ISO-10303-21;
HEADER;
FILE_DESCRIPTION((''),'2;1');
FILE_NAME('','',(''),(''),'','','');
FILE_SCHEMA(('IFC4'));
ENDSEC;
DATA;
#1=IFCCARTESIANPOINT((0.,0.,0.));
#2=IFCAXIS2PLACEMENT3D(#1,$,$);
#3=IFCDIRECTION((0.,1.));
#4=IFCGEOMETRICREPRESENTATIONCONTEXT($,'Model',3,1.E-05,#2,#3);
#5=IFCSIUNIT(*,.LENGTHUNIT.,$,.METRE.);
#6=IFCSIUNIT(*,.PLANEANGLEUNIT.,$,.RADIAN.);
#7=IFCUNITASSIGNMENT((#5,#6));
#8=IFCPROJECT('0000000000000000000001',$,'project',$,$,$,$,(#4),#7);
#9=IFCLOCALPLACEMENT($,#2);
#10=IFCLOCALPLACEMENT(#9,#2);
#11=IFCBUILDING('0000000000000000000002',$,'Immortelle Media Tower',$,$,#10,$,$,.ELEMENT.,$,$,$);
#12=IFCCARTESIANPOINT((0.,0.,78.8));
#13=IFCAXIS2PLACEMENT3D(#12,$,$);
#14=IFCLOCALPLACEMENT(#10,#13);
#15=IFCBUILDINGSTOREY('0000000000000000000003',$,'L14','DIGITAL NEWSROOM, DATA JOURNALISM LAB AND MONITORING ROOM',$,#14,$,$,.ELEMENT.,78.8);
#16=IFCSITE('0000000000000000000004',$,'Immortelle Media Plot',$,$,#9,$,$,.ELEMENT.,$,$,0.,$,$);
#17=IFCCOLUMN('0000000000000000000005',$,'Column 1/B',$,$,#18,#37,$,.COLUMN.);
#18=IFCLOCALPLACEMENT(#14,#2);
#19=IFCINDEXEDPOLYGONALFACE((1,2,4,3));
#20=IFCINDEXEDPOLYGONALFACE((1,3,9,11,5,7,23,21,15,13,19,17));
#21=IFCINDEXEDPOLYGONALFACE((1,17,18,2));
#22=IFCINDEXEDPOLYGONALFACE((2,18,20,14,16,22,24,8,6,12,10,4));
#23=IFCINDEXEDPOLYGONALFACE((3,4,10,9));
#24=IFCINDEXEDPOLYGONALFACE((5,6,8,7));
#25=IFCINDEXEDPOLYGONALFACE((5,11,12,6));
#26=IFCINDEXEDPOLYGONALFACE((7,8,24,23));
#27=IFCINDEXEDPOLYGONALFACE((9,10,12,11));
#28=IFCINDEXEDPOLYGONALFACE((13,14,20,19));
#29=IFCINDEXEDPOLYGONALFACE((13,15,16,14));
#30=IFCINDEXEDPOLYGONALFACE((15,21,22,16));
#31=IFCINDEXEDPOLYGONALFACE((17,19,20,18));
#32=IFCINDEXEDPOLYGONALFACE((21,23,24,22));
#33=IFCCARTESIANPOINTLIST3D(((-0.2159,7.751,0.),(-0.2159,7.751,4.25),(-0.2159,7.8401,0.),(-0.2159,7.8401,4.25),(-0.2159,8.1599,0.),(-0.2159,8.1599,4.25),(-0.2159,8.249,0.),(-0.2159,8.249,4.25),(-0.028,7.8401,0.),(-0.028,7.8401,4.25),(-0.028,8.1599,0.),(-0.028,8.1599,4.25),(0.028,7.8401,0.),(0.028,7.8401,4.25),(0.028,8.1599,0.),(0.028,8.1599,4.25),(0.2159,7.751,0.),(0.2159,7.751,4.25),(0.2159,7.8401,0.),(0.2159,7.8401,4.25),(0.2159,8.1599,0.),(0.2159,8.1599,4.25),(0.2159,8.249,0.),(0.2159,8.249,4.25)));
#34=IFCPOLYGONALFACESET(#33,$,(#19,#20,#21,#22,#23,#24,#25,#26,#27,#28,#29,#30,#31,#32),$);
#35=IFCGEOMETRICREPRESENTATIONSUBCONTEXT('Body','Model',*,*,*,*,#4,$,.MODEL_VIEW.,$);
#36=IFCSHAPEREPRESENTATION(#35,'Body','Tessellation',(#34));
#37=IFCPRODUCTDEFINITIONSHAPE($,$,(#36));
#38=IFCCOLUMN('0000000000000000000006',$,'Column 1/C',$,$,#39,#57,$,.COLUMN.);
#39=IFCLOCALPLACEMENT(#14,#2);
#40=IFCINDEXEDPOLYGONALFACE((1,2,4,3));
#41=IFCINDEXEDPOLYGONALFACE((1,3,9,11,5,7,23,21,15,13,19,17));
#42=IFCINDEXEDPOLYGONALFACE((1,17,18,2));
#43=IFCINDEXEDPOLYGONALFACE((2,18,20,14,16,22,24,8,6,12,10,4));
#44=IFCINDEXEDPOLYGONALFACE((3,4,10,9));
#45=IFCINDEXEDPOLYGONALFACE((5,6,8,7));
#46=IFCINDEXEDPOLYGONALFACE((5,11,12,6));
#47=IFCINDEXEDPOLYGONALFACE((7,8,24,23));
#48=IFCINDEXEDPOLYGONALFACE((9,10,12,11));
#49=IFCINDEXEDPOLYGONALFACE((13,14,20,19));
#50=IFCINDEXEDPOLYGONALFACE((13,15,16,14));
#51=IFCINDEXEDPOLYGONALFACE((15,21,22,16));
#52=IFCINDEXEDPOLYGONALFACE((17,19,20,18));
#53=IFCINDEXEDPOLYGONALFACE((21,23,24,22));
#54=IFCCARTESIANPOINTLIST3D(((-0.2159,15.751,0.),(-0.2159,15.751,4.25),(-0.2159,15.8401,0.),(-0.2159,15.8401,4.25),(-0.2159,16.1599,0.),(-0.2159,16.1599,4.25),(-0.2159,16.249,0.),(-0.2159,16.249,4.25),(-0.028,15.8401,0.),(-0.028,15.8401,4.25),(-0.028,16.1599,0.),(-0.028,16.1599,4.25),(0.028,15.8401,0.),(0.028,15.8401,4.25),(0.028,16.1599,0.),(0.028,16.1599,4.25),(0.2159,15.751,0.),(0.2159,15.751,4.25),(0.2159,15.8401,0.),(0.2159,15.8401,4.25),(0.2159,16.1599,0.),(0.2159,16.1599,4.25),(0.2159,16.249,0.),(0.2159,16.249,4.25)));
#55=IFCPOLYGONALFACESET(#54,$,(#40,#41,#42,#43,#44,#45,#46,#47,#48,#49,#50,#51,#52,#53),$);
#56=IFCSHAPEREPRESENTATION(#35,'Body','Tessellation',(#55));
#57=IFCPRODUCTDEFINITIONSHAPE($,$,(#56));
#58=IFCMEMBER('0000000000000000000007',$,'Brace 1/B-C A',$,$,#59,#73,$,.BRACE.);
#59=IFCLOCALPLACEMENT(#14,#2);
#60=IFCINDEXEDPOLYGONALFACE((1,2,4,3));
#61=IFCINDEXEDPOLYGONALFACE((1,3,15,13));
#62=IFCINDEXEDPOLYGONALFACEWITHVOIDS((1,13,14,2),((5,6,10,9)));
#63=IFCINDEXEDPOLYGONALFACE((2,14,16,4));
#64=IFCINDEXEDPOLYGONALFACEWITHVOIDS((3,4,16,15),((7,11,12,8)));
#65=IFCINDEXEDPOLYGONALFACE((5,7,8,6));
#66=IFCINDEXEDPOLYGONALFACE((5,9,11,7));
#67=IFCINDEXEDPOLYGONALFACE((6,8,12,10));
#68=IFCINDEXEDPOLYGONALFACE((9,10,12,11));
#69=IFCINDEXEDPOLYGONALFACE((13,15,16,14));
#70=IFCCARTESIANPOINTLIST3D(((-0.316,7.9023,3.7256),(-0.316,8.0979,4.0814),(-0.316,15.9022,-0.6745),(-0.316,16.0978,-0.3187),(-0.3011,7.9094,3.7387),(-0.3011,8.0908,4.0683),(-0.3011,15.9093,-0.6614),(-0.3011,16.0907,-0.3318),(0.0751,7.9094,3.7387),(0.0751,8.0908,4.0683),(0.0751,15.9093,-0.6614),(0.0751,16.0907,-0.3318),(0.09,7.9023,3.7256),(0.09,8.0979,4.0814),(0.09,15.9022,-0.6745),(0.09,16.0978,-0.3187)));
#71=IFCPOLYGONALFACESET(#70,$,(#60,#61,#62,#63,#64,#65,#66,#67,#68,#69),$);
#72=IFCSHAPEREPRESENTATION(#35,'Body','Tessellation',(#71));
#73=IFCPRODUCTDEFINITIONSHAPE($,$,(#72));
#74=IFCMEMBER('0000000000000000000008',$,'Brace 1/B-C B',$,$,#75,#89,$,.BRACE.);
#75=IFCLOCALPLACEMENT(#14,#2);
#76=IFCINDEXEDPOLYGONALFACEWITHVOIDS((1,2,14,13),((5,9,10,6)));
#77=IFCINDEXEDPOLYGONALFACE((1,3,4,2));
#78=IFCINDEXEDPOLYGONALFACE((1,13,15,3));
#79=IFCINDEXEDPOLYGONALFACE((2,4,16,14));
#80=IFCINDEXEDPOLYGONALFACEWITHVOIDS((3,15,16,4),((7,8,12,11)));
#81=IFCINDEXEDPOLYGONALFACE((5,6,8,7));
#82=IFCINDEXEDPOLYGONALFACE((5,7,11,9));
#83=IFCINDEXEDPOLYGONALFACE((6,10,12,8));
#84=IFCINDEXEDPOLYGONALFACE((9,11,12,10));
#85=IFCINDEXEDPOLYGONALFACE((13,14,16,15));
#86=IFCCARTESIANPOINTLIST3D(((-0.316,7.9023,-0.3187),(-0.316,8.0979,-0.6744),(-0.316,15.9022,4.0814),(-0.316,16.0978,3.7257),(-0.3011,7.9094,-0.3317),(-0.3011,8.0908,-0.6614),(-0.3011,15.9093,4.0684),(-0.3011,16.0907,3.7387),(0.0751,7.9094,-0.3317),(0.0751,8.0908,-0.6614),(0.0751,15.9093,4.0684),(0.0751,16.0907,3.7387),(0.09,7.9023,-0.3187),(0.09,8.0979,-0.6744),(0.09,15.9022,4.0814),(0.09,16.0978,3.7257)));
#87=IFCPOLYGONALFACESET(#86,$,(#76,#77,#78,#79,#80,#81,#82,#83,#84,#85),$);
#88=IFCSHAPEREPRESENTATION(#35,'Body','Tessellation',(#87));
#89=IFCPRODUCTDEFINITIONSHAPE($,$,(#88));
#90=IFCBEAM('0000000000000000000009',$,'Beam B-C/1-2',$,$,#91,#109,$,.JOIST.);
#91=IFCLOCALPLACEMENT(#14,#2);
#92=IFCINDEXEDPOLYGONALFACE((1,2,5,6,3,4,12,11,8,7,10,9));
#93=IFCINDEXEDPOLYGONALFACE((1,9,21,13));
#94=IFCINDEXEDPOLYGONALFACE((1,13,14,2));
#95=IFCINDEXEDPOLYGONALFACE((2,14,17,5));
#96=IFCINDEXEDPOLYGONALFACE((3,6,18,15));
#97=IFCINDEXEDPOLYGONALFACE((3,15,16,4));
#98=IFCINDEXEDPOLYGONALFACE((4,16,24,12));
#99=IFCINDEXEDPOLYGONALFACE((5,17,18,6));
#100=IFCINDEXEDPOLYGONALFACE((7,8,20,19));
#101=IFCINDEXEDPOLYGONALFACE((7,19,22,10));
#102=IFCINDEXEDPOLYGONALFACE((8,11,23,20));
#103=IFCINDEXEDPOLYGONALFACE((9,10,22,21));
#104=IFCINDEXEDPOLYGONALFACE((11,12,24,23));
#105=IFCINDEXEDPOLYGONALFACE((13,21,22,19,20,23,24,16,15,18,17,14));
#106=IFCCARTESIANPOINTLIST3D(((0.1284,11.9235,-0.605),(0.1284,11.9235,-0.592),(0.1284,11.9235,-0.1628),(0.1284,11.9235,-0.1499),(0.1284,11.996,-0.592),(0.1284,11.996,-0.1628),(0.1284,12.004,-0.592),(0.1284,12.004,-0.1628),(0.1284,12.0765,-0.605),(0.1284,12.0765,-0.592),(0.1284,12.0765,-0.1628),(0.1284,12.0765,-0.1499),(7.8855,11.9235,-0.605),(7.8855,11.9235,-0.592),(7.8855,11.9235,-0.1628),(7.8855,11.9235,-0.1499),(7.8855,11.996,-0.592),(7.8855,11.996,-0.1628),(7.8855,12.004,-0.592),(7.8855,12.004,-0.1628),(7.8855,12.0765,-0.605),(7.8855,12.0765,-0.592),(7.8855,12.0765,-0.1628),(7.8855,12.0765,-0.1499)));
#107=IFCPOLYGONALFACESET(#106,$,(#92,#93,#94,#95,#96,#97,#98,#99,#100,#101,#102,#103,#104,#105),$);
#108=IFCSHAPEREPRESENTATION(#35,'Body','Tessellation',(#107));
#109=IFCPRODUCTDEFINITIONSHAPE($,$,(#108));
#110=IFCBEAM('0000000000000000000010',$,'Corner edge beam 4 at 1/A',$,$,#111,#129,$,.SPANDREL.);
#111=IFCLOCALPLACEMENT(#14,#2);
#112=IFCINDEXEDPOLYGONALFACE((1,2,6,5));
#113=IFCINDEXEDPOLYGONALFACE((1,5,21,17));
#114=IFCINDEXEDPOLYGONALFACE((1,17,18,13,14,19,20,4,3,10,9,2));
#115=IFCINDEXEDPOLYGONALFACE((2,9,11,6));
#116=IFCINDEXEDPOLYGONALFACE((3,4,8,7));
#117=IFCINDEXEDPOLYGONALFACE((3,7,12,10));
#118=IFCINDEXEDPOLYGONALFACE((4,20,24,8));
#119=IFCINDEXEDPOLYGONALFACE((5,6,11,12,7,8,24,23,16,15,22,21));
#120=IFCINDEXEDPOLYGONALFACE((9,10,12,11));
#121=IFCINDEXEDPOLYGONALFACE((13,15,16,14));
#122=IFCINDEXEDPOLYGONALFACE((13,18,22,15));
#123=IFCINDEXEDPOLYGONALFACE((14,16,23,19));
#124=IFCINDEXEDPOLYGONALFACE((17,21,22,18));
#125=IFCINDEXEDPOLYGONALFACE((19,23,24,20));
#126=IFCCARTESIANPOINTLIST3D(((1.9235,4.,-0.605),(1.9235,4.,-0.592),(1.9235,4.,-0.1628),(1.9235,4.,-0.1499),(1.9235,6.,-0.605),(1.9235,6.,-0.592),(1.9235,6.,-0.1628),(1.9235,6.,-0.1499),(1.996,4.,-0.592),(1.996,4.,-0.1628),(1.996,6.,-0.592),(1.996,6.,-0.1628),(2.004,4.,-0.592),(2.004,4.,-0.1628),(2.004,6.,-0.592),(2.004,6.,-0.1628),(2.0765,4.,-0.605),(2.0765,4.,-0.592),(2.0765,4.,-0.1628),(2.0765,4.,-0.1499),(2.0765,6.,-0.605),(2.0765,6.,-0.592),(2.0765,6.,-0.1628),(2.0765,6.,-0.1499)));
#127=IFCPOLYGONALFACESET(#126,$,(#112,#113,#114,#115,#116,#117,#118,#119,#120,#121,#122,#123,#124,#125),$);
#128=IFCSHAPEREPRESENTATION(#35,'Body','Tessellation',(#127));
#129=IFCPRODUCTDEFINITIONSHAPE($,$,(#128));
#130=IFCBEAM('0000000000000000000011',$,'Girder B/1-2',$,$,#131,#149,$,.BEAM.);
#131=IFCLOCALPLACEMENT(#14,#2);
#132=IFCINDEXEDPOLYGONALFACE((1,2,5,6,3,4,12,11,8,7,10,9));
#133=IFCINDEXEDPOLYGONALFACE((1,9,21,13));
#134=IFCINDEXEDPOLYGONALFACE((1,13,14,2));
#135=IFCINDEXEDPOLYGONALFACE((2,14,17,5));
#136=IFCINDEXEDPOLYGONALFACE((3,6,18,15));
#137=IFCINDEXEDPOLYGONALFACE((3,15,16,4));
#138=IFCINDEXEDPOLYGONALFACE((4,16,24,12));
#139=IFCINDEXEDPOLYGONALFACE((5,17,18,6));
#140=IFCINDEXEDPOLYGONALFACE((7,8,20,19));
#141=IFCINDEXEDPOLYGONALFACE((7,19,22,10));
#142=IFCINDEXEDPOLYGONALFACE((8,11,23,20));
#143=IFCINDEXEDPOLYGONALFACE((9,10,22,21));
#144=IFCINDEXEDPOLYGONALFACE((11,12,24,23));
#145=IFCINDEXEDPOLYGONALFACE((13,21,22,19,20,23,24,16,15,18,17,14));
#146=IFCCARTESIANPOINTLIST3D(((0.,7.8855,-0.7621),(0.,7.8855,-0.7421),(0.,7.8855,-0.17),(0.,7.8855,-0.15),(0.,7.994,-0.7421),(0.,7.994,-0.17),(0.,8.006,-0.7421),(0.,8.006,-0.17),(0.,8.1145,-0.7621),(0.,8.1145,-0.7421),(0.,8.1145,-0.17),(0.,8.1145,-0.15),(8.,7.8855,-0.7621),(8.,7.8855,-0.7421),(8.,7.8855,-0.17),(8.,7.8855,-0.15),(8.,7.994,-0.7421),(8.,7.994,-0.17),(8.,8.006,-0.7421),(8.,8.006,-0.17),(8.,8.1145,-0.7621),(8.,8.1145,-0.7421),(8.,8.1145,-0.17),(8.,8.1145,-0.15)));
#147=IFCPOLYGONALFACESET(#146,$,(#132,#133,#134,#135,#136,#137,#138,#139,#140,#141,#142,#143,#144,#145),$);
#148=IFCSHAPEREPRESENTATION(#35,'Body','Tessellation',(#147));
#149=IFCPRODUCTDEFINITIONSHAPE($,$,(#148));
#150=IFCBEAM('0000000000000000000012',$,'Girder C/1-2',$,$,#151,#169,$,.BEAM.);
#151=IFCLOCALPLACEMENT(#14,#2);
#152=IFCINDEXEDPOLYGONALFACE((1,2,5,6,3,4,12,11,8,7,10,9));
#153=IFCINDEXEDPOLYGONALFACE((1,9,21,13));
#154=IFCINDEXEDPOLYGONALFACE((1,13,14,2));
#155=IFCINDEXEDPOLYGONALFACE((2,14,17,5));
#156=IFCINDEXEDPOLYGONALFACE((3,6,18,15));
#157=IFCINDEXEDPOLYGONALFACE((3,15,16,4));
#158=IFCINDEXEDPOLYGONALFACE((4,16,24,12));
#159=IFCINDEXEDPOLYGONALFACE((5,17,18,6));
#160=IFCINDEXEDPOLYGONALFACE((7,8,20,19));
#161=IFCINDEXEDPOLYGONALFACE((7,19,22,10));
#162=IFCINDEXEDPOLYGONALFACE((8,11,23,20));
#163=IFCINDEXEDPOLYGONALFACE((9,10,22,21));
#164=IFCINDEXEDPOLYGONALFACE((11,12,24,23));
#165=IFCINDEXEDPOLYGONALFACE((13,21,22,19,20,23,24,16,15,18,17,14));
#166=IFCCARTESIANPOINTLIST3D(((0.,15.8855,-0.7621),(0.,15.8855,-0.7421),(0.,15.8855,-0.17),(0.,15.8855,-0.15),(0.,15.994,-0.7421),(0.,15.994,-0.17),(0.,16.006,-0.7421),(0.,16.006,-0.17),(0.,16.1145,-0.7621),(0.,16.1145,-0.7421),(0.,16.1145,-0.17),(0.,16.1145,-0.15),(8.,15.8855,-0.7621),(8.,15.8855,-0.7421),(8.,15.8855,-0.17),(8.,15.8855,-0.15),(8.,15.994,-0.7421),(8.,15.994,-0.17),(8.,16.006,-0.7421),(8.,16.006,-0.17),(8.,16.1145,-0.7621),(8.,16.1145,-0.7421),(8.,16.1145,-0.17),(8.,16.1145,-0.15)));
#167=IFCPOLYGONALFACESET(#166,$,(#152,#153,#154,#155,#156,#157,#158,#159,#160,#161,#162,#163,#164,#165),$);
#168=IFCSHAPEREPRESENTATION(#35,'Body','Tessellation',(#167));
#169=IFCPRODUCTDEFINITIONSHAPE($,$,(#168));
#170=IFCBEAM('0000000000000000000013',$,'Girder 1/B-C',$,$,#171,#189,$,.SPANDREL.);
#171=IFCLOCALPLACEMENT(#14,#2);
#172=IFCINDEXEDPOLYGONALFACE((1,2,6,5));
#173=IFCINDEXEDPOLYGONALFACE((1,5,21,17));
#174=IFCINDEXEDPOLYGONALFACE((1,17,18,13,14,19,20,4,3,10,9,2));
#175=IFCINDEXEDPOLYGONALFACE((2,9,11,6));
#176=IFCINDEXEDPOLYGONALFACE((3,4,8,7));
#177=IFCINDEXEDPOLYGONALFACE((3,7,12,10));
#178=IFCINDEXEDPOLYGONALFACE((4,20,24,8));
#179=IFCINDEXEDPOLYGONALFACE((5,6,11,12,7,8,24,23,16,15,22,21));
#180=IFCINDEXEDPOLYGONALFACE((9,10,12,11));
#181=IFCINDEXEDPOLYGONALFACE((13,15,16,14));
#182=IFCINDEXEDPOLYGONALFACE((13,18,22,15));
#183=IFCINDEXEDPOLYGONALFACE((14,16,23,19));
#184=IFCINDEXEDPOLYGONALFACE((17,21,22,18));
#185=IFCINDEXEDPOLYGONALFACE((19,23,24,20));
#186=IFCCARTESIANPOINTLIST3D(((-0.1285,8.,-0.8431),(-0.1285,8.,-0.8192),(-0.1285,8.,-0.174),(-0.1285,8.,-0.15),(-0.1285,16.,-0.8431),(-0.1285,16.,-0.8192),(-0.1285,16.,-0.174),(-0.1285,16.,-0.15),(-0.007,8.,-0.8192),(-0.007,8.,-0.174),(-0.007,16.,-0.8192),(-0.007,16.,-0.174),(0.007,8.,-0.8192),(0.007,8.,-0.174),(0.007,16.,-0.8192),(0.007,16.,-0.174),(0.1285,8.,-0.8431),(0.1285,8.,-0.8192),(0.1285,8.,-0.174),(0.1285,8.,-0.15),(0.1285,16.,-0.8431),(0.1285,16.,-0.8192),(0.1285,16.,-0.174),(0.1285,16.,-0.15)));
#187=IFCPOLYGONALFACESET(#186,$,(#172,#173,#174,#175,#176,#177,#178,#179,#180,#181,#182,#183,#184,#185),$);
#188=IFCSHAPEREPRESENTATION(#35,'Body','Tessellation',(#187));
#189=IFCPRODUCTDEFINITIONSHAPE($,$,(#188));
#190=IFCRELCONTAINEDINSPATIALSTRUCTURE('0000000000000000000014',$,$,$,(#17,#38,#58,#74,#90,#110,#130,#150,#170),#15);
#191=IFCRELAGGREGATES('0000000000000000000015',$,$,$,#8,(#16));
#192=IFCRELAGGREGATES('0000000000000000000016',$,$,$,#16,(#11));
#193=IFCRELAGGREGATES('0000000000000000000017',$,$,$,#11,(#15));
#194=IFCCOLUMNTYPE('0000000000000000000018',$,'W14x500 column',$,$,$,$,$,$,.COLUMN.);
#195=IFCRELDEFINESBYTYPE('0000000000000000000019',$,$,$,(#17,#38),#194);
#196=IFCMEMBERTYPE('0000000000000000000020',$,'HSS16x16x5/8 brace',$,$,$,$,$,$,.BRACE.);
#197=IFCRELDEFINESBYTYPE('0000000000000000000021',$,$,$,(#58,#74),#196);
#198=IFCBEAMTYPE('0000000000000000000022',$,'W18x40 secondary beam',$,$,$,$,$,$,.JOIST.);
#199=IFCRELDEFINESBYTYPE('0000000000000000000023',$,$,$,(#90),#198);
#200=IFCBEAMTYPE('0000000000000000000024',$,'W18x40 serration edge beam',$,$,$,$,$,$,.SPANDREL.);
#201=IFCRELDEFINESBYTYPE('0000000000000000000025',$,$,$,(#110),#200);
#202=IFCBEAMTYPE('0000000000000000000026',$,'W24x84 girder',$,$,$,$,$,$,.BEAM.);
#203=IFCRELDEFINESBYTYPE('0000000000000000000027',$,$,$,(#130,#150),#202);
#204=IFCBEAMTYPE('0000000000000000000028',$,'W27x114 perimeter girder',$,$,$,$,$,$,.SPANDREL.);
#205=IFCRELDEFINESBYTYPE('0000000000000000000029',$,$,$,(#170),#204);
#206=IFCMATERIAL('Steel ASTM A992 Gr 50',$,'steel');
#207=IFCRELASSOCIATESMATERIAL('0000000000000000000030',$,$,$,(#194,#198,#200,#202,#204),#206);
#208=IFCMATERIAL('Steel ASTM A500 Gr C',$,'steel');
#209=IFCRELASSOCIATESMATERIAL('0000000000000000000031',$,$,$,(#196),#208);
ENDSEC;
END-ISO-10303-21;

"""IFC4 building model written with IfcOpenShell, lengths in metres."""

from ifc_helpers import new_model, si_unit, direction, frame, origin, origin_2d, place, context, subcontext, project, spatial, hollow_rectangle, i_section, extrude, material, material_profile, profile_set, type_object, element, save


model = new_model("IFC4")

# Units and contexts
model_context = context("Model", 3, precision=1e-05, world=origin(), true_north=direction((0.0, 1.0)))
body_context = subcontext(model_context, "Body", "Model", "MODEL_VIEW")
ifc_project = project(units=[si_unit("LENGTHUNIT", "METRE"), si_unit("PLANEANGLEUNIT", "RADIAN")], contexts=[model_context])

# Site, building, storey
site_placement = place(None, origin())
site = spatial("IfcSite", under=ifc_project, at=site_placement, Name="Immortelle Media Plot", CompositionType="ELEMENT", RefElevation=0.0)
building_placement = place(site_placement, origin())
building = spatial("IfcBuilding", under=site, at=building_placement, Name="Immortelle Media Tower", CompositionType="ELEMENT")
storey_placement = place(building_placement, frame((0.0, 0.0, 78.8)))
storey = spatial("IfcBuildingStorey", under=building, at=storey_placement, Name="L14", Description="DIGITAL NEWSROOM, DATA JOURNALISM LAB AND MONITORING ROOM", CompositionType="ELEMENT", Elevation=78.8)

# Columns
ifc_material_1 = material(Name="Steel ASTM A992 Gr 50", Category="steel")
ifc_material_profile_1 = material_profile(ifc_material_1, i_section(OverallWidth=0.4319, OverallDepth=0.498, WebThickness=0.0559, FlangeThickness=0.0891, at=origin_2d()), Name="W14x500")
ifc_profile_set_1 = profile_set([ifc_material_profile_1], Name="Steel ASTM A992 Gr 50")
column_type = type_object("IfcColumnType", Name="W14x500 column", PredefinedType="COLUMN", material=ifc_profile_set_1)
for number, where, z_axis, x_axis, name in (
    (1, (0.0, 8.0, 0.0), (0.0, 0.0, 1.0), (1.0, 0.0, 0.0), "Column 1/B"),
    (2, (0.0, 16.0, 0.0), (0.0, 0.0, 1.0), (1.0, 0.0, 0.0), "Column 1/C"),
):
    element("IfcColumn", number, at=place(storey_placement, frame(where, z_axis=z_axis, x_axis=x_axis)), inside=storey, type_object=column_type, Name=name, PredefinedType="COLUMN", context=body_context, shape_type="SweptSolid", body=[
        extrude(i_section(OverallWidth=0.4319, OverallDepth=0.498, WebThickness=0.0559, FlangeThickness=0.0891, at=origin_2d()), origin(), (0.0, 0.0, 1.0), 4.25),
    ])

# Members
ifc_material_2 = material(Name="Steel ASTM A500 Gr C", Category="steel")
ifc_material_profile_2 = material_profile(ifc_material_2, hollow_rectangle(XDim=0.406, YDim=0.406, WallThickness=0.0149, at=origin_2d()), Name="HSS16x16x5/8 brace")
ifc_profile_set_2 = profile_set([ifc_material_profile_2], Name="Steel ASTM A500 Gr C")
member_type = type_object("IfcMemberType", Name="HSS16x16x5/8 brace", PredefinedType="BRACE", material=ifc_profile_set_2)
for number, where, z_axis, x_axis, name in (
    (3, (-0.113, 16.0, -0.4966), (0.0, -0.876209, 0.481931), (1.0, 0.0, 0.0), "Brace 1/B-C A"),
    (4, (-0.113, 16.0, 3.9036), (0.0, -0.876209, -0.481931), (1.0, 0.0, 0.0), "Brace 1/B-C B"),
):
    element("IfcMember", number, at=place(storey_placement, frame(where, z_axis=z_axis, x_axis=x_axis)), inside=storey, type_object=member_type, Name=name, PredefinedType="BRACE", context=body_context, shape_type="SweptSolid", body=[
        extrude(hollow_rectangle(XDim=0.406, YDim=0.406, WallThickness=0.0149, at=origin_2d()), origin(), (0.0, 0.0, 1.0), 9.1301),
    ])

# Beams
ifc_material_profile_3 = material_profile(ifc_material_1, i_section(OverallWidth=0.1531, OverallDepth=0.4551, WebThickness=0.0081, FlangeThickness=0.0129, at=origin_2d()), Name="W18x40")
ifc_profile_set_3 = profile_set([ifc_material_profile_3], Name="Steel ASTM A992 Gr 50")
beam_type_1 = type_object("IfcBeamType", Name="W18x40 secondary beam", PredefinedType="JOIST", material=ifc_profile_set_3)
beam_1_placement = place(storey_placement, frame((0.1284, 12.0, -0.3774), z_axis=(1.0, 0.0, 0.0), x_axis=(0.0, 1.0, 0.0)))
element("IfcBeam", 5, at=beam_1_placement, inside=storey, type_object=beam_type_1, Name="Beam B-C/1-2", PredefinedType="JOIST", context=body_context, shape_type="SweptSolid", body=[
    extrude(i_section(OverallWidth=0.1531, OverallDepth=0.4551, WebThickness=0.0081, FlangeThickness=0.0129, at=origin_2d()), origin(), (0.0, 0.0, 1.0), 7.7571),
])
ifc_material_profile_4 = material_profile(ifc_material_1, i_section(OverallWidth=0.1531, OverallDepth=0.4551, WebThickness=0.0081, FlangeThickness=0.0129, at=origin_2d()), Name="W18x40")
ifc_profile_set_4 = profile_set([ifc_material_profile_4], Name="Steel ASTM A992 Gr 50")
beam_type_2 = type_object("IfcBeamType", Name="W18x40 serration edge beam", PredefinedType="SPANDREL", material=ifc_profile_set_4)
beam_2_placement = place(storey_placement, frame((2.0, 4.0, -0.3774), z_axis=(0.0, 1.0, 0.0), x_axis=(-1.0, 0.0, 0.0)))
element("IfcBeam", 6, at=beam_2_placement, inside=storey, type_object=beam_type_2, Name="Corner edge beam 4 at 1/A", PredefinedType="SPANDREL", context=body_context, shape_type="SweptSolid", body=[
    extrude(i_section(OverallWidth=0.1531, OverallDepth=0.4551, WebThickness=0.0081, FlangeThickness=0.0129, at=origin_2d()), origin(), (0.0, 0.0, 1.0), 2.0),
])
ifc_material_profile_5 = material_profile(ifc_material_1, i_section(OverallWidth=0.229, OverallDepth=0.6121, WebThickness=0.012, FlangeThickness=0.02, at=origin_2d()), Name="W24x84")
ifc_profile_set_5 = profile_set([ifc_material_profile_5], Name="Steel ASTM A992 Gr 50")
beam_type_3 = type_object("IfcBeamType", Name="W24x84 girder", PredefinedType="BEAM", material=ifc_profile_set_5)
for number, where, z_axis, x_axis, name in (
    (7, (0.0, 8.0, -0.4561), (1.0, 0.0, 0.0), (0.0, 1.0, 0.0), "Girder B/1-2"),
    (8, (0.0, 16.0, -0.4561), (1.0, 0.0, 0.0), (0.0, 1.0, 0.0), "Girder C/1-2"),
):
    element("IfcBeam", number, at=place(storey_placement, frame(where, z_axis=z_axis, x_axis=x_axis)), inside=storey, type_object=beam_type_3, Name=name, PredefinedType="BEAM", context=body_context, shape_type="SweptSolid", body=[
        extrude(i_section(OverallWidth=0.229, OverallDepth=0.6121, WebThickness=0.012, FlangeThickness=0.02, at=origin_2d()), origin(), (0.0, 0.0, 1.0), 8.0),
    ])
ifc_material_profile_6 = material_profile(ifc_material_1, i_section(OverallWidth=0.2571, OverallDepth=0.6931, WebThickness=0.0139, FlangeThickness=0.0239, at=origin_2d()), Name="W27x114")
ifc_profile_set_6 = profile_set([ifc_material_profile_6], Name="Steel ASTM A992 Gr 50")
beam_type_4 = type_object("IfcBeamType", Name="W27x114 perimeter girder", PredefinedType="SPANDREL", material=ifc_profile_set_6)
for number, where, z_axis, x_axis, name in (
    (9, (0.0, 8.0, -0.4966), (0.0, 1.0, 0.0), (-1.0, 0.0, 0.0), "Girder 1/B-C"),
):
    element("IfcBeam", number, at=place(storey_placement, frame(where, z_axis=z_axis, x_axis=x_axis)), inside=storey, type_object=beam_type_4, Name=name, PredefinedType="SPANDREL", context=body_context, shape_type="SweptSolid", body=[
        extrude(i_section(OverallWidth=0.2571, OverallDepth=0.6931, WebThickness=0.0139, FlangeThickness=0.0239, at=origin_2d()), origin(), (0.0, 0.0, 1.0), 8.0),
    ])

save(model, "model.ifc")
